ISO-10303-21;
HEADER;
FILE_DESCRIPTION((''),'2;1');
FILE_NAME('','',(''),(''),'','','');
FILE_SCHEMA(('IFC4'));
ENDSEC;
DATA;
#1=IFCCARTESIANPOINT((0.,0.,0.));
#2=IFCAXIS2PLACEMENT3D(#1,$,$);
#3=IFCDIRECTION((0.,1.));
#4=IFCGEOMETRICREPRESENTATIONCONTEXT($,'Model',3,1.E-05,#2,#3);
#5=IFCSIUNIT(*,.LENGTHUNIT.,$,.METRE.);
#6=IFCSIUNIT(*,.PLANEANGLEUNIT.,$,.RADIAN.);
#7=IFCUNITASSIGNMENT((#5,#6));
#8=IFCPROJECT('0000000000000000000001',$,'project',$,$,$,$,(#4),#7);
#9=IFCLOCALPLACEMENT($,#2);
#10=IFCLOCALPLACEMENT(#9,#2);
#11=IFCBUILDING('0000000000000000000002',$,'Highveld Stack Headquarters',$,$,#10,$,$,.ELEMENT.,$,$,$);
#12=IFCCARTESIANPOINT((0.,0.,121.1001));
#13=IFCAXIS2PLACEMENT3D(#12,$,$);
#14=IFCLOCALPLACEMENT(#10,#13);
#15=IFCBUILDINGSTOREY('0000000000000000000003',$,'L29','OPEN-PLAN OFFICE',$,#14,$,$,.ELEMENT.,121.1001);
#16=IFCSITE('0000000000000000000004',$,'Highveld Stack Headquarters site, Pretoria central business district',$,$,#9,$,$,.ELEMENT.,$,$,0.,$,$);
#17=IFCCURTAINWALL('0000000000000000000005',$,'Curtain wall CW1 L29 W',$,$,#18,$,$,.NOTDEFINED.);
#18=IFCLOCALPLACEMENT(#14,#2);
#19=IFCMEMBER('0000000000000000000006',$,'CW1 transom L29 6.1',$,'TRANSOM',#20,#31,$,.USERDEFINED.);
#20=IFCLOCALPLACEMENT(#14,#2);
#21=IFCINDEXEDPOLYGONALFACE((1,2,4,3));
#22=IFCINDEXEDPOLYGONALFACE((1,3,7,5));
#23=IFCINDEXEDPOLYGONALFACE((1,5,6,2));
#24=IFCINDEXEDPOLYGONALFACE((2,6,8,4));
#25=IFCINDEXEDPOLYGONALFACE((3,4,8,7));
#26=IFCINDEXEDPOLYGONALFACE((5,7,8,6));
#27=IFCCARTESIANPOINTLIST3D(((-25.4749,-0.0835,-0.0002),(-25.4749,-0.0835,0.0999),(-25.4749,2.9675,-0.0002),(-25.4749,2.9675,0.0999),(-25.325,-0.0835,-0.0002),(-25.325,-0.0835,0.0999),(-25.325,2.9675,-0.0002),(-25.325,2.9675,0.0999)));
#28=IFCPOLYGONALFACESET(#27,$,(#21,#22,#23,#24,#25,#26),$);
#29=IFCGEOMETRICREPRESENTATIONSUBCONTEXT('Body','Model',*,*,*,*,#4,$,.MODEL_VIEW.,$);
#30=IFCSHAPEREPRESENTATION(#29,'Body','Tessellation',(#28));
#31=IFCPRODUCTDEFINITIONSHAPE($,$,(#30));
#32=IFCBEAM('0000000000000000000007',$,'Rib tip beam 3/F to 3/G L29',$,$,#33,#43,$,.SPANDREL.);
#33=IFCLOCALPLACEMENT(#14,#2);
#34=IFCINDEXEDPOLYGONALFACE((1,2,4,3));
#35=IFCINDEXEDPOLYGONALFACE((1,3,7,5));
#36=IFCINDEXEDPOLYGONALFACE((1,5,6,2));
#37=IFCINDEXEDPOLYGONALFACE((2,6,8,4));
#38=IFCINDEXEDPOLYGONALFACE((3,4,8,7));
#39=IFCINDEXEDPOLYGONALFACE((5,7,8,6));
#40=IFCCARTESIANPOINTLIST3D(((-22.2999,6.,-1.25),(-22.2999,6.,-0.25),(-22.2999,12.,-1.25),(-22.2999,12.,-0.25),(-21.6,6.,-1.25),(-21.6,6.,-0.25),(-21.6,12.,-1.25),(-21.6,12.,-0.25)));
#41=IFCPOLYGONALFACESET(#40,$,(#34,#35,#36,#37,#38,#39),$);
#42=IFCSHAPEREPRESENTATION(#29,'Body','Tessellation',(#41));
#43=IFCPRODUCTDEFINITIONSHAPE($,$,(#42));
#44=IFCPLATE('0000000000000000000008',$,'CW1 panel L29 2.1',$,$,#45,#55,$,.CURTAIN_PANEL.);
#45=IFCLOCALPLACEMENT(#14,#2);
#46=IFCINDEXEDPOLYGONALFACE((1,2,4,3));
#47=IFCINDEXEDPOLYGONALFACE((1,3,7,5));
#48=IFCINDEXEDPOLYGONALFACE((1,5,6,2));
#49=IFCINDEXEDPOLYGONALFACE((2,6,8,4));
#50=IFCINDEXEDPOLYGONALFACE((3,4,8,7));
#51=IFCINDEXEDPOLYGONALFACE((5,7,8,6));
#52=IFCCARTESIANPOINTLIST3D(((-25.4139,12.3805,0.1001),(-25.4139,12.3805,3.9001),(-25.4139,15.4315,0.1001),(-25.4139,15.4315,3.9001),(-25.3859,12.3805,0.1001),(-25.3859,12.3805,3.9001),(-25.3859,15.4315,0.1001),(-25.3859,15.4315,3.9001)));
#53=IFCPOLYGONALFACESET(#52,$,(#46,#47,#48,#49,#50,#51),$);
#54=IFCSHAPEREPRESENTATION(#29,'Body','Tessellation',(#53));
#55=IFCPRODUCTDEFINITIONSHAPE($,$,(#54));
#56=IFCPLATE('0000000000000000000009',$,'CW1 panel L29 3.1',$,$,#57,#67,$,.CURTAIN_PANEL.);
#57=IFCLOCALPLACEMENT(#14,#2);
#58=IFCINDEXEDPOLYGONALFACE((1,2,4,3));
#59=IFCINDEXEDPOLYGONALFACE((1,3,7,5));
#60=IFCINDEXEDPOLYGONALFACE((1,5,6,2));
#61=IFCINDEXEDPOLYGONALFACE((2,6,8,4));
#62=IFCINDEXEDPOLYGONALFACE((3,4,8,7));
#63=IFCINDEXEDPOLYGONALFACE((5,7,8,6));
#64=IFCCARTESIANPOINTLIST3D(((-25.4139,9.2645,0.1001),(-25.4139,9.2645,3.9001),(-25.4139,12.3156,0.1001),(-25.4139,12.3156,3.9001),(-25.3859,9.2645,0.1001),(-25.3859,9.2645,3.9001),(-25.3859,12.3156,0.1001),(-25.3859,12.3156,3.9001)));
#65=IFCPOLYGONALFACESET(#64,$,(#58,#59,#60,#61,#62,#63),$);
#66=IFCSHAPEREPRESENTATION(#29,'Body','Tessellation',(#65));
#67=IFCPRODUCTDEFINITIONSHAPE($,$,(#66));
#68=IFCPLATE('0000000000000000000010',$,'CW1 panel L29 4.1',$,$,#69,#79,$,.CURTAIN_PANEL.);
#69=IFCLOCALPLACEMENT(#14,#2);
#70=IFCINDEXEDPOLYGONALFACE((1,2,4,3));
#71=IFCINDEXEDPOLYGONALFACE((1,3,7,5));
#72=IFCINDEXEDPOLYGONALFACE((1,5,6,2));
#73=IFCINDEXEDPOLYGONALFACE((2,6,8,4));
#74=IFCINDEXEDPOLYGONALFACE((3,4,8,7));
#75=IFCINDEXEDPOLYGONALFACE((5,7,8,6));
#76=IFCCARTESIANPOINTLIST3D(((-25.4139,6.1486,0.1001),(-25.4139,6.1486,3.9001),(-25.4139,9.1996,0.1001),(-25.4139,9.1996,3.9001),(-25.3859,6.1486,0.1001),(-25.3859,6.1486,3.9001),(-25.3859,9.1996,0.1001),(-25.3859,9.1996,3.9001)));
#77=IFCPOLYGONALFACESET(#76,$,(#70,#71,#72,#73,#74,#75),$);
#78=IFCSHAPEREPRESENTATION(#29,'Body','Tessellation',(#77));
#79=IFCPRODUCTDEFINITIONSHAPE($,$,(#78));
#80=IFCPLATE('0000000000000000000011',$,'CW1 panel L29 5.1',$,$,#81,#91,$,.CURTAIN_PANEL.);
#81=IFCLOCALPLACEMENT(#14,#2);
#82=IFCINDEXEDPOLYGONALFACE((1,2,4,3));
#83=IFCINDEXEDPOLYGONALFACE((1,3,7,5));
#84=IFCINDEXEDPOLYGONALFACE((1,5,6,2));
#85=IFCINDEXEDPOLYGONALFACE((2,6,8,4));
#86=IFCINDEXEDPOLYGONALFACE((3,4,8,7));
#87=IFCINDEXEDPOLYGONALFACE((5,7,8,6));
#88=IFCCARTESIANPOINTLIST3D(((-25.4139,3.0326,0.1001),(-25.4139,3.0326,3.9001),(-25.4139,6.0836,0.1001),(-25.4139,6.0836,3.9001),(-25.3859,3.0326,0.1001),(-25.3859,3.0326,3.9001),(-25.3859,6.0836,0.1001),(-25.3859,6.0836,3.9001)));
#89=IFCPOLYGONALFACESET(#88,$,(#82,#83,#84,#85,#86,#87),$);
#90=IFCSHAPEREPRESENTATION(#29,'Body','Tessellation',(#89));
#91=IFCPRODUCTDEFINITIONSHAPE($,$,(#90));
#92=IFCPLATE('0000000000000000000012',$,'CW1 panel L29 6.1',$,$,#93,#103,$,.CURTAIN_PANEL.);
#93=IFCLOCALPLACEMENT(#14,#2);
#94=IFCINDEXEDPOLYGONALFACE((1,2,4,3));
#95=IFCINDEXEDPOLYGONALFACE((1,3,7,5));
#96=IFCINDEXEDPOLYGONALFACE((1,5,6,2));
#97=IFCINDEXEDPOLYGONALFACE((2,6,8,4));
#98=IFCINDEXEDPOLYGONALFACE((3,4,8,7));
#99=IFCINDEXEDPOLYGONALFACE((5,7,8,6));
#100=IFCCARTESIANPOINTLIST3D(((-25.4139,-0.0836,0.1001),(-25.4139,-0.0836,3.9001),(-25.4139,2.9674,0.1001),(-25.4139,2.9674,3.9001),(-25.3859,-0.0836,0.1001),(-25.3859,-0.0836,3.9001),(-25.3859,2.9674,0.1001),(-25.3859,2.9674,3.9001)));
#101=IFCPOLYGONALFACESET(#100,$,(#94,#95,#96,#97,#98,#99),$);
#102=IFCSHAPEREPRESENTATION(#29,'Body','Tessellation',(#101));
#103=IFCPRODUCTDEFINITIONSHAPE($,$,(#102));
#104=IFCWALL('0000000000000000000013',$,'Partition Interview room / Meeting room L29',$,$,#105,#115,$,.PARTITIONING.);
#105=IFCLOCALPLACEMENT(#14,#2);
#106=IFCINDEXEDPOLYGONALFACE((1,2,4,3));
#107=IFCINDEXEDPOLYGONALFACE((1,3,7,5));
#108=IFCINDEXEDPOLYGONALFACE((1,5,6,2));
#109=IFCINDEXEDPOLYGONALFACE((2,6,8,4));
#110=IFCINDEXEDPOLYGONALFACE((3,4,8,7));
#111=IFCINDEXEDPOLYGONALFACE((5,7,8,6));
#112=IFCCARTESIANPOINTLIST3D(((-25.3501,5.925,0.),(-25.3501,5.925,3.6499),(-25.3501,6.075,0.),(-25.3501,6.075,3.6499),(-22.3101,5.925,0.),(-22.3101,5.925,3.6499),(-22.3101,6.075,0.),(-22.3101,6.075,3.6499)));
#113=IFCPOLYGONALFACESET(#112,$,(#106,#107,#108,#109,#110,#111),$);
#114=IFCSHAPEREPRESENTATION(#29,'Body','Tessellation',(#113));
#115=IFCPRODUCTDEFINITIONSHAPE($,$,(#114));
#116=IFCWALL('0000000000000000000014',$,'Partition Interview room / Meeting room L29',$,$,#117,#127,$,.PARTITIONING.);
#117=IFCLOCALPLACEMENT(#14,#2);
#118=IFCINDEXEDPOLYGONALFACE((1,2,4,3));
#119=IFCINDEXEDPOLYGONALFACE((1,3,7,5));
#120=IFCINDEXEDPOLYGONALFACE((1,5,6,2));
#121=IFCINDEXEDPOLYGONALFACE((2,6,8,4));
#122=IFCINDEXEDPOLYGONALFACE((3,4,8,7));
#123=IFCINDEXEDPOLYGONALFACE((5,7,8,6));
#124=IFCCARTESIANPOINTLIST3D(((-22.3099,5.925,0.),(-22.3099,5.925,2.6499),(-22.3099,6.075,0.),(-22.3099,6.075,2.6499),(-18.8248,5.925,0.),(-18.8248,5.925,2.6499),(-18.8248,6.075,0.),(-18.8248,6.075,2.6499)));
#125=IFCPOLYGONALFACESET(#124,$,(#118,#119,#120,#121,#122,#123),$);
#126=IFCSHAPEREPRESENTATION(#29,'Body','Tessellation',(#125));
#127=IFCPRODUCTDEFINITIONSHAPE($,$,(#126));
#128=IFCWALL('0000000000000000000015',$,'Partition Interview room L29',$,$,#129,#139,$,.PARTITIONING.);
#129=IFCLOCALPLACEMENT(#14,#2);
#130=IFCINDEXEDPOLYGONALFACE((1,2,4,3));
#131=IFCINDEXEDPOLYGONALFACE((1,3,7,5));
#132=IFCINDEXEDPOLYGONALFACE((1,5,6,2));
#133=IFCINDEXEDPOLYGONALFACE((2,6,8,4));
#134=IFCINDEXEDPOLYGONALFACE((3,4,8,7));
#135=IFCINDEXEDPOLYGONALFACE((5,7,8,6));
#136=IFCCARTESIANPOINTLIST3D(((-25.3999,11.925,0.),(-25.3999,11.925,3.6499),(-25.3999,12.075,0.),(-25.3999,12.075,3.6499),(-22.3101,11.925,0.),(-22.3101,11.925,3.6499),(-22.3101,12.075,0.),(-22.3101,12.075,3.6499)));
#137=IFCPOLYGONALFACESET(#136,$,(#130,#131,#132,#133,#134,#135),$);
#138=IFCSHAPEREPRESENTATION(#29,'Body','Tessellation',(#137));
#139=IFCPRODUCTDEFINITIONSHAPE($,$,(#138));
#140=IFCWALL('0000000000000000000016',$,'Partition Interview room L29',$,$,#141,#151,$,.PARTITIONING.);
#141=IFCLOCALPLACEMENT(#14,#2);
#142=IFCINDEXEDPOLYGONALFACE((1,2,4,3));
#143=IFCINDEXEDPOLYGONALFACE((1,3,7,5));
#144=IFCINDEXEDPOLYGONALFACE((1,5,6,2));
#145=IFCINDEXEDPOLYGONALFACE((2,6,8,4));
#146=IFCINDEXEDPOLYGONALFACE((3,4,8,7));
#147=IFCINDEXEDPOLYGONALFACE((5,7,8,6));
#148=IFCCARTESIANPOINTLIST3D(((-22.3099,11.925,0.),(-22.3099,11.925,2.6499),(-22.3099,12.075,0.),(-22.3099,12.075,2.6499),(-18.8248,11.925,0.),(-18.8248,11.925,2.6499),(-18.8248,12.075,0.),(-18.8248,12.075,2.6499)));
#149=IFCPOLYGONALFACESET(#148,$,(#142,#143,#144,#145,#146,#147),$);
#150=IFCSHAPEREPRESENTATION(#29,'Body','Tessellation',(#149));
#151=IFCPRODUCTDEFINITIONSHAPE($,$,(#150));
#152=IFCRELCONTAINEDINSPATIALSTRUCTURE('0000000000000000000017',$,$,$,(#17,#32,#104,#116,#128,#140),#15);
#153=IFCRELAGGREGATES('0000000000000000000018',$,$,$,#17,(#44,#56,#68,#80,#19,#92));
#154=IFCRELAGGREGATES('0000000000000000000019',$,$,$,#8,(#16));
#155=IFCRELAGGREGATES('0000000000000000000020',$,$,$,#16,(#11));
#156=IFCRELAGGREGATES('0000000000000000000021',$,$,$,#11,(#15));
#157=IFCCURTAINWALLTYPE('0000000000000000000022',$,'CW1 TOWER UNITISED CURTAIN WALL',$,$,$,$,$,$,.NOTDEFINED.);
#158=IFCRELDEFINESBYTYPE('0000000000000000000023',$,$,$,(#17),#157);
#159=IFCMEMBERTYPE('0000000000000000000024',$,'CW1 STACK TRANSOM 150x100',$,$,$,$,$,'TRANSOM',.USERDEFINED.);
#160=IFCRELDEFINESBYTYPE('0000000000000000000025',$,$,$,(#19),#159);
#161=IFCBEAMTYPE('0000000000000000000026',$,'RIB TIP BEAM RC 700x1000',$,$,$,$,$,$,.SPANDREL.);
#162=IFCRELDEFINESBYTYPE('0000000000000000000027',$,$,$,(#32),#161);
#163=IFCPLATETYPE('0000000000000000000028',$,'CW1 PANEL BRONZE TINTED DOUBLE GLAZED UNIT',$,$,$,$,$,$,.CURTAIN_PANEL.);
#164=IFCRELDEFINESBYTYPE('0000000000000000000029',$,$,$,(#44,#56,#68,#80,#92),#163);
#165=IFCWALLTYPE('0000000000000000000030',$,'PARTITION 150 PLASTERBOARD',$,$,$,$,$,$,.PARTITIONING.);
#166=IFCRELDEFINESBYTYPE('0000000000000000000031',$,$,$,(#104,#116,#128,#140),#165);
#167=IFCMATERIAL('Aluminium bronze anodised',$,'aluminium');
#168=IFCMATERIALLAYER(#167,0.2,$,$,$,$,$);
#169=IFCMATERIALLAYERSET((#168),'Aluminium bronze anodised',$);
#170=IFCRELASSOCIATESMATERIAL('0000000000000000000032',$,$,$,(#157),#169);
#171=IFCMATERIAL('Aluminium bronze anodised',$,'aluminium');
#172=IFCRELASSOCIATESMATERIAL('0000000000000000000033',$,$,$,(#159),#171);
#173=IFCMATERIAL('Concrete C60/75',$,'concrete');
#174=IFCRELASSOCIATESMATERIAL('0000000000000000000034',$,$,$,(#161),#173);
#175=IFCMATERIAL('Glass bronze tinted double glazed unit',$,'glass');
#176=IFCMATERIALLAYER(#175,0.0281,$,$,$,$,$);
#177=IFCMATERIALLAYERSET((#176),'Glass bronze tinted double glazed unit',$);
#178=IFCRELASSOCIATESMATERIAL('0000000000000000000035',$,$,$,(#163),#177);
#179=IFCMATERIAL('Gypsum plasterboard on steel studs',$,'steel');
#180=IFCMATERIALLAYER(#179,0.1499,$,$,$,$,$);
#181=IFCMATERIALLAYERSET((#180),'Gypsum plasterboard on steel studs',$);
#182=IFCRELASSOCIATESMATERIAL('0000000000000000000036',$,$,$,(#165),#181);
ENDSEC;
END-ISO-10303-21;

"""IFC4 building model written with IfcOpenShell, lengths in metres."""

from ifc_helpers import new_model, si_unit, direction, frame, frame_2d, origin, origin_2d, place, context, subcontext, project, spatial, rectangle, extrude, material, layer, layer_set, material_profile, profile_set, type_object, element, aggregate, save


model = new_model("IFC4")

# Units and contexts
model_context = context("Model", 3, precision=1e-05, world=origin(), true_north=direction((0.0, 1.0)))
body_context = subcontext(model_context, "Body", "Model", "MODEL_VIEW")
ifc_project = project(units=[si_unit("LENGTHUNIT", "METRE"), si_unit("PLANEANGLEUNIT", "RADIAN")], contexts=[model_context])

# Site, building, storey
site_placement = place(None, origin())
site = spatial("IfcSite", under=ifc_project, at=site_placement, Name="Highveld Stack Headquarters site, Pretoria central business district", CompositionType="ELEMENT", RefElevation=0.0)
building_placement = place(site_placement, origin())
building = spatial("IfcBuilding", under=site, at=building_placement, Name="Highveld Stack Headquarters", CompositionType="ELEMENT")
storey_placement = place(building_placement, frame((0.0, 0.0, 121.1001)))
storey = spatial("IfcBuildingStorey", under=building, at=storey_placement, Name="L29", Description="OPEN-PLAN OFFICE", CompositionType="ELEMENT", Elevation=121.1001)

# Curtain wall, member
ifc_material_1 = material(Name="Aluminium bronze anodised", Category="aluminium")
ifc_layer_1 = layer(ifc_material_1, 0.2)
ifc_layer_set_1 = layer_set([ifc_layer_1], Name="Aluminium bronze anodised")
curtain_wall_type = type_object("IfcCurtainWallType", Name="CW1 TOWER UNITISED CURTAIN WALL", PredefinedType="NOTDEFINED", material=ifc_layer_set_1)
curtain_wall_placement = place(storey_placement, origin())
curtain_wall = element("IfcCurtainWall", 1, at=curtain_wall_placement, inside=storey, type_object=curtain_wall_type, Name="Curtain wall CW1 L29 W", PredefinedType="NOTDEFINED")
ifc_material_2 = material(Name="Aluminium bronze anodised", Category="aluminium")
ifc_material_profile_1 = material_profile(ifc_material_2, rectangle(XDim=0.1499, YDim=0.1001, at=origin_2d()), Name="CW1 TRANSOM 150x100")
ifc_profile_set_1 = profile_set([ifc_material_profile_1], Name="Aluminium bronze anodised")
member_type_1 = type_object("IfcMemberType", Name="CW1 STACK TRANSOM 150x100", ElementType="TRANSOM", PredefinedType="USERDEFINED", material=ifc_profile_set_1)
member_1_placement = place(storey_placement, frame((-25.3999, 2.9675, 0.0498), z_axis=(0.0, -1.0, 0.0), x_axis=(1.0, 0.0, 0.0)))
member_1 = element("IfcMember", 2, at=member_1_placement, type_object=member_type_1, Name="CW1 transom L29 6.1", ObjectType="TRANSOM", PredefinedType="USERDEFINED", context=body_context, shape_type="SweptSolid", body=[
    extrude(rectangle(XDim=0.1499, YDim=0.1001, at=origin_2d()), origin(), (0.0, 0.0, 1.0), 3.051),
])

# Beam
ifc_material_3 = material(Name="Concrete C60/75", Category="concrete")
ifc_material_profile_2 = material_profile(ifc_material_3, rectangle(XDim=0.7, YDim=1.0, at=origin_2d()), Name="RC 700x1000")
ifc_profile_set_2 = profile_set([ifc_material_profile_2], Name="Concrete C60/75")
beam_type = type_object("IfcBeamType", Name="RIB TIP BEAM RC 700x1000", PredefinedType="SPANDREL", material=ifc_profile_set_2)
beam_placement = place(storey_placement, frame((-21.95, 6.0, -0.75), z_axis=(0.0, 1.0, 0.0), x_axis=(-1.0, 0.0, 0.0)))
element("IfcBeam", 3, at=beam_placement, inside=storey, type_object=beam_type, Name="Rib tip beam 3/F to 3/G L29", PredefinedType="SPANDREL", context=body_context, shape_type="SweptSolid", body=[
    extrude(rectangle(XDim=0.7, YDim=1.0, at=origin_2d()), origin(), (0.0, 0.0, 1.0), 6.0),
])

# Plates
ifc_material_4 = material(Name="Glass bronze tinted double glazed unit", Category="glass")
ifc_layer_2 = layer(ifc_material_4, 0.0281)
ifc_layer_set_2 = layer_set([ifc_layer_2], Name="Glass bronze tinted double glazed unit")
plate_type = type_object("IfcPlateType", Name="CW1 PANEL BRONZE TINTED DOUBLE GLAZED UNIT", PredefinedType="CURTAIN_PANEL", material=ifc_layer_set_2)
plate_1_placement = place(storey_placement, frame((-25.3999, 13.906, 0.1001), z_axis=(0.0, 0.0, 1.0), x_axis=(0.0, -1.0, 0.0)))
plate_1 = element("IfcPlate", 4, at=plate_1_placement, type_object=plate_type, Name="CW1 panel L29 2.1", PredefinedType="CURTAIN_PANEL", context=body_context, shape_type="SweptSolid", body=[
    extrude(rectangle(XDim=3.051, YDim=0.0281, at=origin_2d()), origin(), (0.0, 0.0, 1.0), 3.8),
])
plate_2_placement = place(storey_placement, frame((-25.3999, 10.79, 0.1001), z_axis=(0.0, 0.0, 1.0), x_axis=(0.0, -1.0, 0.0)))
plate_2 = element("IfcPlate", 5, at=plate_2_placement, type_object=plate_type, Name="CW1 panel L29 3.1", PredefinedType="CURTAIN_PANEL", context=body_context, shape_type="SweptSolid", body=[
    extrude(rectangle(XDim=3.051, YDim=0.0281, at=origin_2d()), origin(), (0.0, 0.0, 1.0), 3.8),
])
plate_3_placement = place(storey_placement, frame((-25.3999, 7.6741, 0.1001), z_axis=(0.0, 0.0, 1.0), x_axis=(0.0, -1.0, 0.0)))
plate_3 = element("IfcPlate", 6, at=plate_3_placement, type_object=plate_type, Name="CW1 panel L29 4.1", PredefinedType="CURTAIN_PANEL", context=body_context, shape_type="SweptSolid", body=[
    extrude(rectangle(XDim=3.051, YDim=0.0281, at=origin_2d()), origin(), (0.0, 0.0, 1.0), 3.8),
])
plate_4_placement = place(storey_placement, frame((-25.3999, 4.5581, 0.1001), z_axis=(0.0, 0.0, 1.0), x_axis=(0.0, -1.0, 0.0)))
plate_4 = element("IfcPlate", 7, at=plate_4_placement, type_object=plate_type, Name="CW1 panel L29 5.1", PredefinedType="CURTAIN_PANEL", context=body_context, shape_type="SweptSolid", body=[
    extrude(rectangle(XDim=3.051, YDim=0.0281, at=origin_2d()), origin(), (0.0, 0.0, 1.0), 3.8),
])
plate_5_placement = place(storey_placement, frame((-25.3999, 1.4419, 0.1001), z_axis=(0.0, 0.0, 1.0), x_axis=(0.0, -1.0, 0.0)))
plate_5 = element("IfcPlate", 8, at=plate_5_placement, type_object=plate_type, Name="CW1 panel L29 6.1", PredefinedType="CURTAIN_PANEL", context=body_context, shape_type="SweptSolid", body=[
    extrude(rectangle(XDim=3.051, YDim=0.0281, at=origin_2d()), origin(), (0.0, 0.0, 1.0), 3.8),
])
aggregate(curtain_wall, [plate_1, plate_2, plate_3, plate_4, member_1, plate_5])

# Walls
ifc_material_5 = material(Name="Gypsum plasterboard on steel studs", Category="steel")
ifc_layer_3 = layer(ifc_material_5, 0.1499)
ifc_layer_set_3 = layer_set([ifc_layer_3], Name="Gypsum plasterboard on steel studs")
wall_type = type_object("IfcWallType", Name="PARTITION 150 PLASTERBOARD", PredefinedType="PARTITIONING", material=ifc_layer_set_3)
wall_1_placement = place(storey_placement, frame((-25.3501, 6.0, 0.0), z_axis=(0.0, 0.0, 1.0), x_axis=(1.0, 0.0, 0.0)))
element("IfcWall", 9, at=wall_1_placement, inside=storey, type_object=wall_type, Name="Partition Interview room / Meeting room L29", PredefinedType="PARTITIONING", context=body_context, shape_type="SweptSolid", body=[
    extrude(rectangle(XDim=3.04, YDim=0.1499, at=frame_2d((1.52, 0.0))), origin(), (0.0, 0.0, 1.0), 3.6499),
])
wall_2_placement = place(storey_placement, frame((-22.3101, 6.0, 0.0), z_axis=(0.0, 0.0, 1.0), x_axis=(1.0, 0.0, 0.0)))
element("IfcWall", 10, at=wall_2_placement, inside=storey, type_object=wall_type, Name="Partition Interview room / Meeting room L29", PredefinedType="PARTITIONING", context=body_context, shape_type="SweptSolid", body=[
    extrude(rectangle(XDim=3.4851, YDim=0.1499, at=frame_2d((1.7427, 0.0))), origin(), (0.0, 0.0, 1.0), 2.6499),
])
wall_3_placement = place(storey_placement, frame((-25.3999, 12.0, 0.0), z_axis=(0.0, 0.0, 1.0), x_axis=(1.0, 0.0, 0.0)))
element("IfcWall", 11, at=wall_3_placement, inside=storey, type_object=wall_type, Name="Partition Interview room L29", PredefinedType="PARTITIONING", context=body_context, shape_type="SweptSolid", body=[
    extrude(rectangle(XDim=3.0898, YDim=0.1499, at=frame_2d((1.5449, 0.0))), origin(), (0.0, 0.0, 1.0), 3.6499),
])
wall_4_placement = place(storey_placement, frame((-22.3101, 12.0, 0.0), z_axis=(0.0, 0.0, 1.0), x_axis=(1.0, 0.0, 0.0)))
element("IfcWall", 12, at=wall_4_placement, inside=storey, type_object=wall_type, Name="Partition Interview room L29", PredefinedType="PARTITIONING", context=body_context, shape_type="SweptSolid", body=[
    extrude(rectangle(XDim=3.4851, YDim=0.1499, at=frame_2d((1.7427, 0.0))), origin(), (0.0, 0.0, 1.0), 2.6499),
])

save(model, "model.ifc")
